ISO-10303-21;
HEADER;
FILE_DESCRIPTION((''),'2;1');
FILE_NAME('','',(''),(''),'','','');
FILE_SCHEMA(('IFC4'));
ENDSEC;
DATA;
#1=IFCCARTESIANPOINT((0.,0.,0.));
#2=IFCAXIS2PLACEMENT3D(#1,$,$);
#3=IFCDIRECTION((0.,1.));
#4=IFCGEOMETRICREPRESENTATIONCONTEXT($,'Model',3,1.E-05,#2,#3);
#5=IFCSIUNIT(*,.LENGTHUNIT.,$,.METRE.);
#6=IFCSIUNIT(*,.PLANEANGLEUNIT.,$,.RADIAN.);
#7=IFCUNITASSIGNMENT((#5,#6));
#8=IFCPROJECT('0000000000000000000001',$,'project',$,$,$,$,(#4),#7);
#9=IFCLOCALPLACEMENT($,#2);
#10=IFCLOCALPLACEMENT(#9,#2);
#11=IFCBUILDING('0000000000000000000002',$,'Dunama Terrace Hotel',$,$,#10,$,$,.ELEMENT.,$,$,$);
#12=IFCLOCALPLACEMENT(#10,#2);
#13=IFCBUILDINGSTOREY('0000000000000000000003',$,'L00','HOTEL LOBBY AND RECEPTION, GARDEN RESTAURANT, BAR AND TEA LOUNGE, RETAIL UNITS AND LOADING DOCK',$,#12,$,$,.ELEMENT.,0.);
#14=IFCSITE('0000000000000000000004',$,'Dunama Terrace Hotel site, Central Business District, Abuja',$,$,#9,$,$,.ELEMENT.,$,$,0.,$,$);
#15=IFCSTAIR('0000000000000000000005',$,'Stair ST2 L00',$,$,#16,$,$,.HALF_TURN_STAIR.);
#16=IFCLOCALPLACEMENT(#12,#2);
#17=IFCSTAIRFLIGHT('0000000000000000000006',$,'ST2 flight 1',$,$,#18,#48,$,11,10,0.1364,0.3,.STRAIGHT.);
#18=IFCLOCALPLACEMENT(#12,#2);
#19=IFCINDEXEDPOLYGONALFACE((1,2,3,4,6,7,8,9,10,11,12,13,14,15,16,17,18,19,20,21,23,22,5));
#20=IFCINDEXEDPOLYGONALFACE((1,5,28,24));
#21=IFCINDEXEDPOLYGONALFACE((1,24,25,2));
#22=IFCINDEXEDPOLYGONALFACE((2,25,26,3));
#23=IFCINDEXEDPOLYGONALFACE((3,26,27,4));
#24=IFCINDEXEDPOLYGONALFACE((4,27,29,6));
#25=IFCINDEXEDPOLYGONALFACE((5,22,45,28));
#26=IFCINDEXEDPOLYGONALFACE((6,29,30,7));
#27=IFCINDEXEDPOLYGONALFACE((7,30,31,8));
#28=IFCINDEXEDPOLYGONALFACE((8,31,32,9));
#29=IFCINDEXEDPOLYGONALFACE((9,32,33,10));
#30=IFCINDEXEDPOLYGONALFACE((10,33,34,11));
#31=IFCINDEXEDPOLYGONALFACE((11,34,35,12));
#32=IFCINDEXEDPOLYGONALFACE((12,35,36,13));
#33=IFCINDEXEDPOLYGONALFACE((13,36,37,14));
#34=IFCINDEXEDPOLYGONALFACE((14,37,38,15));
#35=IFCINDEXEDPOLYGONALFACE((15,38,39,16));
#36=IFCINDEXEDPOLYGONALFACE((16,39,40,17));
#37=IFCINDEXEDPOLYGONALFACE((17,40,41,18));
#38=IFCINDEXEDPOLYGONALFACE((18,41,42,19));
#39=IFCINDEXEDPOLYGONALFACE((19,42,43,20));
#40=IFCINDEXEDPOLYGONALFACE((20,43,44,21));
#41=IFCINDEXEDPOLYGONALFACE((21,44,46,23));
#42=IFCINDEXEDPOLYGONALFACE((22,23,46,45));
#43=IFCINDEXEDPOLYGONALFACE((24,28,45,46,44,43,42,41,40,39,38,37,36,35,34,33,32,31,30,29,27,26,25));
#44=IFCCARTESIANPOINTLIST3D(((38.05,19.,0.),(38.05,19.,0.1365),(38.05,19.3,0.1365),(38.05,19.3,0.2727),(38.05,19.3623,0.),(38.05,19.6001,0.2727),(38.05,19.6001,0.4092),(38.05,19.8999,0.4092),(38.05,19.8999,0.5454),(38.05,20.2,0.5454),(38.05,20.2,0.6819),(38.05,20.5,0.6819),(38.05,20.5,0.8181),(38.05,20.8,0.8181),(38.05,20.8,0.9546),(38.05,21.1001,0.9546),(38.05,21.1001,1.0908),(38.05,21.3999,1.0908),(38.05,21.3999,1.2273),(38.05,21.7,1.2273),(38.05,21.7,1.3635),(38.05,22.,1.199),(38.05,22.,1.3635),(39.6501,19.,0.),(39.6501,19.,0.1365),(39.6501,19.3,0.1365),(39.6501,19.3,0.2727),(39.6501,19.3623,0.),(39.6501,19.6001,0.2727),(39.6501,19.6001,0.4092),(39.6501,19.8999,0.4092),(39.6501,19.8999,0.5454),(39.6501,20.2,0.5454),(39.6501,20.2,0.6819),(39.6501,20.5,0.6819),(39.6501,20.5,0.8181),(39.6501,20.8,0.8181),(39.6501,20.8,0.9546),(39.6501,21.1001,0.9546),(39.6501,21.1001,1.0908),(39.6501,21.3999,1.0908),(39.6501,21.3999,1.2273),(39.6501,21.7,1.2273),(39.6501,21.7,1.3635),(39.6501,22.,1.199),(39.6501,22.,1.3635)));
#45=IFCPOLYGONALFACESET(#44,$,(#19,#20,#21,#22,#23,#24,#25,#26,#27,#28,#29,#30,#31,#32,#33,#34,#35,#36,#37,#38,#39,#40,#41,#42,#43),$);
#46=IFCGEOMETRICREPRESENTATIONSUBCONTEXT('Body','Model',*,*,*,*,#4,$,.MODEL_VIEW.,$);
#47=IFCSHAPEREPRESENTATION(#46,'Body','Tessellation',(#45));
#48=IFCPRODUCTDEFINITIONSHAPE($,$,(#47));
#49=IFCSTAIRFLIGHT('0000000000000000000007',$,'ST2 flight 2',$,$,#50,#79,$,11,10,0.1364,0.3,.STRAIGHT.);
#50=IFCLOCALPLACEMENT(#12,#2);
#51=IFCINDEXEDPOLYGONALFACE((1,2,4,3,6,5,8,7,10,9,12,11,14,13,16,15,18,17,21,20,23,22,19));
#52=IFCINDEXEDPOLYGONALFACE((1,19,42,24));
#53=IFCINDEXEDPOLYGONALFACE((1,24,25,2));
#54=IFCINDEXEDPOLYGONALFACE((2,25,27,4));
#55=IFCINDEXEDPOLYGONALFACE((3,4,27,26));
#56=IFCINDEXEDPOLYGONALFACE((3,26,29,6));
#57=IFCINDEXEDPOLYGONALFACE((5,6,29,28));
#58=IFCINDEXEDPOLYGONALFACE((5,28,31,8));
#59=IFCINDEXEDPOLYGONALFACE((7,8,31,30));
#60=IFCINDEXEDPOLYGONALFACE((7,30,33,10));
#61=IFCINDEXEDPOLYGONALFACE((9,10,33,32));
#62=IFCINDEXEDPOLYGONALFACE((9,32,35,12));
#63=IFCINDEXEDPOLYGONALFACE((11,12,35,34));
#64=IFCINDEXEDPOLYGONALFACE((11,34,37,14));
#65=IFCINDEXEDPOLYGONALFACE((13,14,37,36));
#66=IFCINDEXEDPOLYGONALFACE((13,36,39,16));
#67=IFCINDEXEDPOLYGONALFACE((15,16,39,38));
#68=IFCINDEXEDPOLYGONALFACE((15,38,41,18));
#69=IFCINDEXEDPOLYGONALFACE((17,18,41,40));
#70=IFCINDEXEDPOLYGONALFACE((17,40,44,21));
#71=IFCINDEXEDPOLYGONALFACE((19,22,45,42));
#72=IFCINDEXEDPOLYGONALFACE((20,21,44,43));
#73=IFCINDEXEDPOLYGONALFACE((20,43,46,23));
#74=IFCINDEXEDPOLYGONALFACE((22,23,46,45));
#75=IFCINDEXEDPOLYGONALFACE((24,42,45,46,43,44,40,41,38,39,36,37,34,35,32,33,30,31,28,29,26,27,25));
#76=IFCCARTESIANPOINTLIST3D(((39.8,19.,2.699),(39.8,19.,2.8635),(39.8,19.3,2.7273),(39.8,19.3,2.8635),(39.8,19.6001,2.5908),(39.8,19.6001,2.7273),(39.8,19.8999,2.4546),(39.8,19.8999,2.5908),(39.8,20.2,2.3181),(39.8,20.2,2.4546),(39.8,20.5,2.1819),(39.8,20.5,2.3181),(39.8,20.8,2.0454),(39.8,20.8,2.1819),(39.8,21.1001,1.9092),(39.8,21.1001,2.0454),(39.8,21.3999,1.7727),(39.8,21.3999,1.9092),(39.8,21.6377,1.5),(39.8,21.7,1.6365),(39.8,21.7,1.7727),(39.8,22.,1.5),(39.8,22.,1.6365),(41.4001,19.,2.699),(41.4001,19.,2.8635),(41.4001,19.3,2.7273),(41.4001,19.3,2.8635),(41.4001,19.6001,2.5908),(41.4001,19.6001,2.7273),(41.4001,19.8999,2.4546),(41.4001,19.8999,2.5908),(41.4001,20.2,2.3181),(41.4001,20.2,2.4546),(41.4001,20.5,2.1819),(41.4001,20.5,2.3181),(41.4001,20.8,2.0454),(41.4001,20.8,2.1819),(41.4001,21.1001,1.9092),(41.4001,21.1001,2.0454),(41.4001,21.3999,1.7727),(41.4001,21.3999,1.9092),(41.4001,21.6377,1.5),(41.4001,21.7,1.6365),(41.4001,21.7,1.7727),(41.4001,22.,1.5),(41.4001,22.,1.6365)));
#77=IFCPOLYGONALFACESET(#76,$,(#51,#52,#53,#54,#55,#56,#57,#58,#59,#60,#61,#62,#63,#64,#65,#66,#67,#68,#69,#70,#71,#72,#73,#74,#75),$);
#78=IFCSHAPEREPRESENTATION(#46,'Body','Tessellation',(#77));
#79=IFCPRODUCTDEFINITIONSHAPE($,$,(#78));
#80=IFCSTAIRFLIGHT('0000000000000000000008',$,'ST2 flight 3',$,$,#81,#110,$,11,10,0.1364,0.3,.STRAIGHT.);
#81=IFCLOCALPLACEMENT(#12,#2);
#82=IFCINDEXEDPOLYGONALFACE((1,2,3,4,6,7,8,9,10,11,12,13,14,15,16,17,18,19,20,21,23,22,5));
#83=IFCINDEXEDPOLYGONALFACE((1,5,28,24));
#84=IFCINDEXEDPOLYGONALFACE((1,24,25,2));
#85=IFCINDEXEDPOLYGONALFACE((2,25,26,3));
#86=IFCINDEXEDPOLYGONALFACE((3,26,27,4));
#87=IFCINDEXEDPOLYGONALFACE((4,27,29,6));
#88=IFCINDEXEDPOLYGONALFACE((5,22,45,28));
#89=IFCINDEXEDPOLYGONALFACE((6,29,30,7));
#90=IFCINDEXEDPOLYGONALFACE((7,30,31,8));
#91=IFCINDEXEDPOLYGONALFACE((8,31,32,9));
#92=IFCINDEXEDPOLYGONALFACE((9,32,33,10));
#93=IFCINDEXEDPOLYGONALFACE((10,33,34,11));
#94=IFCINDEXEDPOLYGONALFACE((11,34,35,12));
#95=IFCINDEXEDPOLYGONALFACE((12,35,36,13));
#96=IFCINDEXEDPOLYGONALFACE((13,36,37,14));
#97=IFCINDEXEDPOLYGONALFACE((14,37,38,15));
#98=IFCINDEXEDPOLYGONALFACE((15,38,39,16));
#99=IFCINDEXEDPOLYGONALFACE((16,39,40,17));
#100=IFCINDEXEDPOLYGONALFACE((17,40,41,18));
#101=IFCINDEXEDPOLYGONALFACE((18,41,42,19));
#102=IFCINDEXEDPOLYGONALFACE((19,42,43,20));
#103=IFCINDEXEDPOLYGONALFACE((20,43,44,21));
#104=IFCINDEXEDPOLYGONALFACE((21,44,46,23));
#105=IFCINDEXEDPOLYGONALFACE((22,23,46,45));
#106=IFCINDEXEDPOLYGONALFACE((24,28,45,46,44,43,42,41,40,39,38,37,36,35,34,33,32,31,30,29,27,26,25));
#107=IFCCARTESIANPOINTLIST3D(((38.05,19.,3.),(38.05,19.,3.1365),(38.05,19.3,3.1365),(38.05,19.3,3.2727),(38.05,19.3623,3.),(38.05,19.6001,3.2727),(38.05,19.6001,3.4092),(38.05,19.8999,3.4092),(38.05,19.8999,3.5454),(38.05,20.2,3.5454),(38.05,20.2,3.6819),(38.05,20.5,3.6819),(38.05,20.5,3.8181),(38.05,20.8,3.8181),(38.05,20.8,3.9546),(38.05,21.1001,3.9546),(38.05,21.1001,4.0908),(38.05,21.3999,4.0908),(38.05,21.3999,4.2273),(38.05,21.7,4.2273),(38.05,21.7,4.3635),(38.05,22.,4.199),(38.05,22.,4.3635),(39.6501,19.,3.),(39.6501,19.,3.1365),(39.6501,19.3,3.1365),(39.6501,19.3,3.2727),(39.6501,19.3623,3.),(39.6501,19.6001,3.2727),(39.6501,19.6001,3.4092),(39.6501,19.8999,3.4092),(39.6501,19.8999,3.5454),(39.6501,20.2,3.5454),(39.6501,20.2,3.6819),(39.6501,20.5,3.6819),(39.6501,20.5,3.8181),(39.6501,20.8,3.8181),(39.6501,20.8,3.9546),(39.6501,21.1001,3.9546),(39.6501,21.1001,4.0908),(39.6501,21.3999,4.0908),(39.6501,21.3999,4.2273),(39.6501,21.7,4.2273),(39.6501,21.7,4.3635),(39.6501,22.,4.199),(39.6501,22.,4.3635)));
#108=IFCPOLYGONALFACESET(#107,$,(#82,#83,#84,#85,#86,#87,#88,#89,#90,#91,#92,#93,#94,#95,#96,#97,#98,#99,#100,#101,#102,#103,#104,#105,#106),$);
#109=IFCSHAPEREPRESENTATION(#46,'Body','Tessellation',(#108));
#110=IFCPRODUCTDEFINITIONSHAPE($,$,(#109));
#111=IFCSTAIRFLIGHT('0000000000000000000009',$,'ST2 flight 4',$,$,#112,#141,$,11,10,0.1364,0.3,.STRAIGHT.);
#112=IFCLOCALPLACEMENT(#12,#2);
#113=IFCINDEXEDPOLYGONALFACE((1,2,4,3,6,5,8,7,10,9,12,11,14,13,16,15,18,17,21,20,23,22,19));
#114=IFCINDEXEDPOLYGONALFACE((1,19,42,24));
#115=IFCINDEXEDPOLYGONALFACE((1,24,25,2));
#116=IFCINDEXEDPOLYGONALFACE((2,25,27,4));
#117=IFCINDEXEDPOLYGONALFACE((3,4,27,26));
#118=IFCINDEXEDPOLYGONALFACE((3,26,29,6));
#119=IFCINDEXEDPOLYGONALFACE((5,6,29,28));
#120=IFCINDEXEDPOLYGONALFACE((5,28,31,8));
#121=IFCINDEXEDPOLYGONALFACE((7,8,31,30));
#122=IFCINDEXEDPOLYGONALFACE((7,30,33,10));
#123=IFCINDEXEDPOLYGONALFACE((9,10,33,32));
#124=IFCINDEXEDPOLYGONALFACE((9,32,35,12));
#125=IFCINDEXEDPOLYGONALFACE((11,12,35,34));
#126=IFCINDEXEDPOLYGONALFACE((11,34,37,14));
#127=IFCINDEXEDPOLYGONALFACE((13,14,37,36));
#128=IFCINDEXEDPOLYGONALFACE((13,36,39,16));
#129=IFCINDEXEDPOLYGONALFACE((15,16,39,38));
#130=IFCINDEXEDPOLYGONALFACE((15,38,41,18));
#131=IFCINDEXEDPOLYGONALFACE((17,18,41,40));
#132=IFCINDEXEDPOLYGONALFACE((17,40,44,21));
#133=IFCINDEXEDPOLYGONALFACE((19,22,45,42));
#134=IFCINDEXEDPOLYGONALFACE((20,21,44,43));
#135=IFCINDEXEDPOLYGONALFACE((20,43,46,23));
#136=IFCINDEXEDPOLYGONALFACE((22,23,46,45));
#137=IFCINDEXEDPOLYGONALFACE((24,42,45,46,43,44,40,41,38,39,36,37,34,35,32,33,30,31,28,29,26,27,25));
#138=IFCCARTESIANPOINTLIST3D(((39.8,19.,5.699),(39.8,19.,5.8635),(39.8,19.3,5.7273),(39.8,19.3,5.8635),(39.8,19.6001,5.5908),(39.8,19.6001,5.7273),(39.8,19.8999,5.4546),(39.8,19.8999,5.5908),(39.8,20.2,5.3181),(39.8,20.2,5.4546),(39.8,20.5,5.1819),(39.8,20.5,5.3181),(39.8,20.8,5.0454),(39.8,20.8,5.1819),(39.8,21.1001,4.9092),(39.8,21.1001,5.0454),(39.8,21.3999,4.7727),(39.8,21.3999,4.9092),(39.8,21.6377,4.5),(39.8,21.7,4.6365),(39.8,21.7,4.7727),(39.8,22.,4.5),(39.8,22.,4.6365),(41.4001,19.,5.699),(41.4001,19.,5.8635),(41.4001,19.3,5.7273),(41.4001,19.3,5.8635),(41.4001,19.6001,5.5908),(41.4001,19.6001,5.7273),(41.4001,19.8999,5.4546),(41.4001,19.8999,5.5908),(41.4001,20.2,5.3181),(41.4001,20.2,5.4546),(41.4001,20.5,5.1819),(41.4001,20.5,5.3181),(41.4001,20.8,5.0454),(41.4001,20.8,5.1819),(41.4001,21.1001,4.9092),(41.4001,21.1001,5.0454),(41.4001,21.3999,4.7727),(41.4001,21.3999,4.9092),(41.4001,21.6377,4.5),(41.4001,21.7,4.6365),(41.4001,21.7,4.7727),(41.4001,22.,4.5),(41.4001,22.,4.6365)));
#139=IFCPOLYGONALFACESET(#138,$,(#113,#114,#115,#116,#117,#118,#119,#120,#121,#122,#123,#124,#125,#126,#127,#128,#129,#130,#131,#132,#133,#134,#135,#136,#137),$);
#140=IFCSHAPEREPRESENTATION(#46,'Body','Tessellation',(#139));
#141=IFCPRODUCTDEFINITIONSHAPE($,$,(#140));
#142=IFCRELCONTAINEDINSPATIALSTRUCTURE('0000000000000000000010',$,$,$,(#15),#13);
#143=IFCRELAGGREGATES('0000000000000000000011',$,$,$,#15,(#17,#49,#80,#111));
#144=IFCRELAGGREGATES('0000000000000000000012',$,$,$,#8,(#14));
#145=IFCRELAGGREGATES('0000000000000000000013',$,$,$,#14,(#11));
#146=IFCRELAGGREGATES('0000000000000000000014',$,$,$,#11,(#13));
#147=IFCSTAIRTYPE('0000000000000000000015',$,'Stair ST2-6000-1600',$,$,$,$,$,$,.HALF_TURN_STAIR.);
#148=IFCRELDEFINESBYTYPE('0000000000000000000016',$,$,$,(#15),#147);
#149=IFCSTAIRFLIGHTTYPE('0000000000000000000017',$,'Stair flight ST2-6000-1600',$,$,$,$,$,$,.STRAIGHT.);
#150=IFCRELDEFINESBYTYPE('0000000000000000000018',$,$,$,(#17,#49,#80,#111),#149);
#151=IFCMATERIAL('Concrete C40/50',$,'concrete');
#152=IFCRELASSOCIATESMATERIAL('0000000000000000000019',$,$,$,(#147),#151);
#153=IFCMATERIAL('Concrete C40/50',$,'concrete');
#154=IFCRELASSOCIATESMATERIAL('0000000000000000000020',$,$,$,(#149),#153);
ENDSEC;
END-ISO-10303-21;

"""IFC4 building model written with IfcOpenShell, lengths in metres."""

from ifc_helpers import new_model, si_unit, direction, frame, origin, place, context, subcontext, project, spatial, polyline, outline, extrude, material, type_object, element, aggregate, save


model = new_model("IFC4")

# Units and contexts
model_context = context("Model", 3, precision=1e-05, world=origin(), true_north=direction((0.0, 1.0)))
body_context = subcontext(model_context, "Body", "Model", "MODEL_VIEW")
ifc_project = project(units=[si_unit("LENGTHUNIT", "METRE"), si_unit("PLANEANGLEUNIT", "RADIAN")], contexts=[model_context])

# Site, building, storey
site_placement = place(None, origin())
site = spatial("IfcSite", under=ifc_project, at=site_placement, Name="Dunama Terrace Hotel site, Central Business District, Abuja", CompositionType="ELEMENT", RefElevation=0.0)
building_placement = place(site_placement, origin())
building = spatial("IfcBuilding", under=site, at=building_placement, Name="Dunama Terrace Hotel", CompositionType="ELEMENT")
storey_placement = place(building_placement, origin())
storey = spatial("IfcBuildingStorey", under=building, at=storey_placement, Name="L00", Description="HOTEL LOBBY AND RECEPTION, GARDEN RESTAURANT, BAR AND TEA LOUNGE, RETAIL UNITS AND LOADING DOCK", CompositionType="ELEMENT", Elevation=0.0)

# Stair, stair flights
ifc_material_1 = material(Name="Concrete C40/50", Category="concrete")
stair_type = type_object("IfcStairType", Name="Stair ST2-6000-1600", PredefinedType="HALF_TURN_STAIR", material=ifc_material_1)
stair_placement = place(storey_placement, origin())
stair = element("IfcStair", 1, at=stair_placement, inside=storey, type_object=stair_type, Name="Stair ST2 L00", PredefinedType="HALF_TURN_STAIR")
ifc_material_2 = material(Name="Concrete C40/50", Category="concrete")
stair_flight_type = type_object("IfcStairFlightType", Name="Stair flight ST2-6000-1600", PredefinedType="STRAIGHT", material=ifc_material_2)
stair_flight_1_placement = place(storey_placement, frame((38.8501, 19.0, 0.0), z_axis=(0.0, 0.0, 1.0), x_axis=(0.0, 1.0, 0.0)))
stair_flight_1 = element("IfcStairFlight", 2, at=stair_flight_1_placement, type_object=stair_flight_type, Name="ST2 flight 1", NumberOfRisers=11, NumberOfTreads=10, PredefinedType="STRAIGHT", RiserHeight=0.1364, TreadLength=0.3, context=body_context, shape_type="SweptSolid", body=[
    extrude(outline(polyline([(0.0, 0.0), (0.0, 0.1365), (0.3, 0.1365), (0.3, 0.2727), (0.6001, 0.2727), (0.6001, 0.4092), (0.8999, 0.4092), (0.8999, 0.5454), (1.2, 0.5454), (1.2, 0.6819), (1.5, 0.6819), (1.5, 0.8181), (1.8, 0.8181), (1.8, 0.9546), (2.1001, 0.9546), (2.1001, 1.0908), (2.3999, 1.0908), (2.3999, 1.2273), (2.7, 1.2273), (2.7, 1.3635), (3.0, 1.3635), (3.0, 1.5), (3.0, 1.199), (0.3623, 0.0), (0.0, 0.0)])), frame((0.0, 0.8, 0.0), z_axis=(0.0, -1.0, 0.0), x_axis=(1.0, 0.0, 0.0)), (0.0, 0.0, 1.0), 1.6001),
])
stair_flight_2_placement = place(storey_placement, frame((40.6001, 22.0, 1.5), z_axis=(0.0, 0.0, 1.0), x_axis=(0.0, -1.0, 0.0)))
stair_flight_2 = element("IfcStairFlight", 3, at=stair_flight_2_placement, type_object=stair_flight_type, Name="ST2 flight 2", NumberOfRisers=11, NumberOfTreads=10, PredefinedType="STRAIGHT", RiserHeight=0.1364, TreadLength=0.3, context=body_context, shape_type="SweptSolid", body=[
    extrude(outline(polyline([(0.0, 0.0), (0.0, 0.1365), (0.3, 0.1365), (0.3, 0.2727), (0.6001, 0.2727), (0.6001, 0.4092), (0.8999, 0.4092), (0.8999, 0.5454), (1.2, 0.5454), (1.2, 0.6819), (1.5, 0.6819), (1.5, 0.8181), (1.8, 0.8181), (1.8, 0.9546), (2.1001, 0.9546), (2.1001, 1.0908), (2.3999, 1.0908), (2.3999, 1.2273), (2.7, 1.2273), (2.7, 1.3635), (3.0, 1.3635), (3.0, 1.5), (3.0, 1.199), (0.3623, 0.0), (0.0, 0.0)])), frame((0.0, 0.8, 0.0), z_axis=(0.0, -1.0, 0.0), x_axis=(1.0, 0.0, 0.0)), (0.0, 0.0, 1.0), 1.6001),
])
stair_flight_3_placement = place(storey_placement, frame((38.8501, 19.0, 3.0), z_axis=(0.0, 0.0, 1.0), x_axis=(0.0, 1.0, 0.0)))
stair_flight_3 = element("IfcStairFlight", 4, at=stair_flight_3_placement, type_object=stair_flight_type, Name="ST2 flight 3", NumberOfRisers=11, NumberOfTreads=10, PredefinedType="STRAIGHT", RiserHeight=0.1364, TreadLength=0.3, context=body_context, shape_type="SweptSolid", body=[
    extrude(outline(polyline([(0.0, 0.0), (0.0, 0.1365), (0.3, 0.1365), (0.3, 0.2727), (0.6001, 0.2727), (0.6001, 0.4092), (0.8999, 0.4092), (0.8999, 0.5454), (1.2, 0.5454), (1.2, 0.6819), (1.5, 0.6819), (1.5, 0.8181), (1.8, 0.8181), (1.8, 0.9546), (2.1001, 0.9546), (2.1001, 1.0908), (2.3999, 1.0908), (2.3999, 1.2273), (2.7, 1.2273), (2.7, 1.3635), (3.0, 1.3635), (3.0, 1.5), (3.0, 1.199), (0.3623, 0.0), (0.0, 0.0)])), frame((0.0, 0.8, 0.0), z_axis=(0.0, -1.0, 0.0), x_axis=(1.0, 0.0, 0.0)), (0.0, 0.0, 1.0), 1.6001),
])
stair_flight_4_placement = place(storey_placement, frame((40.6001, 22.0, 4.5), z_axis=(0.0, 0.0, 1.0), x_axis=(0.0, -1.0, 0.0)))
stair_flight_4 = element("IfcStairFlight", 5, at=stair_flight_4_placement, type_object=stair_flight_type, Name="ST2 flight 4", NumberOfRisers=11, NumberOfTreads=10, PredefinedType="STRAIGHT", RiserHeight=0.1364, TreadLength=0.3, context=body_context, shape_type="SweptSolid", body=[
    extrude(outline(polyline([(0.0, 0.0), (0.0, 0.1365), (0.3, 0.1365), (0.3, 0.2727), (0.6001, 0.2727), (0.6001, 0.4092), (0.8999, 0.4092), (0.8999, 0.5454), (1.2, 0.5454), (1.2, 0.6819), (1.5, 0.6819), (1.5, 0.8181), (1.8, 0.8181), (1.8, 0.9546), (2.1001, 0.9546), (2.1001, 1.0908), (2.3999, 1.0908), (2.3999, 1.2273), (2.7, 1.2273), (2.7, 1.3635), (3.0, 1.3635), (3.0, 1.5), (3.0, 1.199), (0.3623, 0.0), (0.0, 0.0)])), frame((0.0, 0.8, 0.0), z_axis=(0.0, -1.0, 0.0), x_axis=(1.0, 0.0, 0.0)), (0.0, 0.0, 1.0), 1.6001),
])
aggregate(stair, [stair_flight_1, stair_flight_2, stair_flight_3, stair_flight_4])

save(model, "model.ifc")
